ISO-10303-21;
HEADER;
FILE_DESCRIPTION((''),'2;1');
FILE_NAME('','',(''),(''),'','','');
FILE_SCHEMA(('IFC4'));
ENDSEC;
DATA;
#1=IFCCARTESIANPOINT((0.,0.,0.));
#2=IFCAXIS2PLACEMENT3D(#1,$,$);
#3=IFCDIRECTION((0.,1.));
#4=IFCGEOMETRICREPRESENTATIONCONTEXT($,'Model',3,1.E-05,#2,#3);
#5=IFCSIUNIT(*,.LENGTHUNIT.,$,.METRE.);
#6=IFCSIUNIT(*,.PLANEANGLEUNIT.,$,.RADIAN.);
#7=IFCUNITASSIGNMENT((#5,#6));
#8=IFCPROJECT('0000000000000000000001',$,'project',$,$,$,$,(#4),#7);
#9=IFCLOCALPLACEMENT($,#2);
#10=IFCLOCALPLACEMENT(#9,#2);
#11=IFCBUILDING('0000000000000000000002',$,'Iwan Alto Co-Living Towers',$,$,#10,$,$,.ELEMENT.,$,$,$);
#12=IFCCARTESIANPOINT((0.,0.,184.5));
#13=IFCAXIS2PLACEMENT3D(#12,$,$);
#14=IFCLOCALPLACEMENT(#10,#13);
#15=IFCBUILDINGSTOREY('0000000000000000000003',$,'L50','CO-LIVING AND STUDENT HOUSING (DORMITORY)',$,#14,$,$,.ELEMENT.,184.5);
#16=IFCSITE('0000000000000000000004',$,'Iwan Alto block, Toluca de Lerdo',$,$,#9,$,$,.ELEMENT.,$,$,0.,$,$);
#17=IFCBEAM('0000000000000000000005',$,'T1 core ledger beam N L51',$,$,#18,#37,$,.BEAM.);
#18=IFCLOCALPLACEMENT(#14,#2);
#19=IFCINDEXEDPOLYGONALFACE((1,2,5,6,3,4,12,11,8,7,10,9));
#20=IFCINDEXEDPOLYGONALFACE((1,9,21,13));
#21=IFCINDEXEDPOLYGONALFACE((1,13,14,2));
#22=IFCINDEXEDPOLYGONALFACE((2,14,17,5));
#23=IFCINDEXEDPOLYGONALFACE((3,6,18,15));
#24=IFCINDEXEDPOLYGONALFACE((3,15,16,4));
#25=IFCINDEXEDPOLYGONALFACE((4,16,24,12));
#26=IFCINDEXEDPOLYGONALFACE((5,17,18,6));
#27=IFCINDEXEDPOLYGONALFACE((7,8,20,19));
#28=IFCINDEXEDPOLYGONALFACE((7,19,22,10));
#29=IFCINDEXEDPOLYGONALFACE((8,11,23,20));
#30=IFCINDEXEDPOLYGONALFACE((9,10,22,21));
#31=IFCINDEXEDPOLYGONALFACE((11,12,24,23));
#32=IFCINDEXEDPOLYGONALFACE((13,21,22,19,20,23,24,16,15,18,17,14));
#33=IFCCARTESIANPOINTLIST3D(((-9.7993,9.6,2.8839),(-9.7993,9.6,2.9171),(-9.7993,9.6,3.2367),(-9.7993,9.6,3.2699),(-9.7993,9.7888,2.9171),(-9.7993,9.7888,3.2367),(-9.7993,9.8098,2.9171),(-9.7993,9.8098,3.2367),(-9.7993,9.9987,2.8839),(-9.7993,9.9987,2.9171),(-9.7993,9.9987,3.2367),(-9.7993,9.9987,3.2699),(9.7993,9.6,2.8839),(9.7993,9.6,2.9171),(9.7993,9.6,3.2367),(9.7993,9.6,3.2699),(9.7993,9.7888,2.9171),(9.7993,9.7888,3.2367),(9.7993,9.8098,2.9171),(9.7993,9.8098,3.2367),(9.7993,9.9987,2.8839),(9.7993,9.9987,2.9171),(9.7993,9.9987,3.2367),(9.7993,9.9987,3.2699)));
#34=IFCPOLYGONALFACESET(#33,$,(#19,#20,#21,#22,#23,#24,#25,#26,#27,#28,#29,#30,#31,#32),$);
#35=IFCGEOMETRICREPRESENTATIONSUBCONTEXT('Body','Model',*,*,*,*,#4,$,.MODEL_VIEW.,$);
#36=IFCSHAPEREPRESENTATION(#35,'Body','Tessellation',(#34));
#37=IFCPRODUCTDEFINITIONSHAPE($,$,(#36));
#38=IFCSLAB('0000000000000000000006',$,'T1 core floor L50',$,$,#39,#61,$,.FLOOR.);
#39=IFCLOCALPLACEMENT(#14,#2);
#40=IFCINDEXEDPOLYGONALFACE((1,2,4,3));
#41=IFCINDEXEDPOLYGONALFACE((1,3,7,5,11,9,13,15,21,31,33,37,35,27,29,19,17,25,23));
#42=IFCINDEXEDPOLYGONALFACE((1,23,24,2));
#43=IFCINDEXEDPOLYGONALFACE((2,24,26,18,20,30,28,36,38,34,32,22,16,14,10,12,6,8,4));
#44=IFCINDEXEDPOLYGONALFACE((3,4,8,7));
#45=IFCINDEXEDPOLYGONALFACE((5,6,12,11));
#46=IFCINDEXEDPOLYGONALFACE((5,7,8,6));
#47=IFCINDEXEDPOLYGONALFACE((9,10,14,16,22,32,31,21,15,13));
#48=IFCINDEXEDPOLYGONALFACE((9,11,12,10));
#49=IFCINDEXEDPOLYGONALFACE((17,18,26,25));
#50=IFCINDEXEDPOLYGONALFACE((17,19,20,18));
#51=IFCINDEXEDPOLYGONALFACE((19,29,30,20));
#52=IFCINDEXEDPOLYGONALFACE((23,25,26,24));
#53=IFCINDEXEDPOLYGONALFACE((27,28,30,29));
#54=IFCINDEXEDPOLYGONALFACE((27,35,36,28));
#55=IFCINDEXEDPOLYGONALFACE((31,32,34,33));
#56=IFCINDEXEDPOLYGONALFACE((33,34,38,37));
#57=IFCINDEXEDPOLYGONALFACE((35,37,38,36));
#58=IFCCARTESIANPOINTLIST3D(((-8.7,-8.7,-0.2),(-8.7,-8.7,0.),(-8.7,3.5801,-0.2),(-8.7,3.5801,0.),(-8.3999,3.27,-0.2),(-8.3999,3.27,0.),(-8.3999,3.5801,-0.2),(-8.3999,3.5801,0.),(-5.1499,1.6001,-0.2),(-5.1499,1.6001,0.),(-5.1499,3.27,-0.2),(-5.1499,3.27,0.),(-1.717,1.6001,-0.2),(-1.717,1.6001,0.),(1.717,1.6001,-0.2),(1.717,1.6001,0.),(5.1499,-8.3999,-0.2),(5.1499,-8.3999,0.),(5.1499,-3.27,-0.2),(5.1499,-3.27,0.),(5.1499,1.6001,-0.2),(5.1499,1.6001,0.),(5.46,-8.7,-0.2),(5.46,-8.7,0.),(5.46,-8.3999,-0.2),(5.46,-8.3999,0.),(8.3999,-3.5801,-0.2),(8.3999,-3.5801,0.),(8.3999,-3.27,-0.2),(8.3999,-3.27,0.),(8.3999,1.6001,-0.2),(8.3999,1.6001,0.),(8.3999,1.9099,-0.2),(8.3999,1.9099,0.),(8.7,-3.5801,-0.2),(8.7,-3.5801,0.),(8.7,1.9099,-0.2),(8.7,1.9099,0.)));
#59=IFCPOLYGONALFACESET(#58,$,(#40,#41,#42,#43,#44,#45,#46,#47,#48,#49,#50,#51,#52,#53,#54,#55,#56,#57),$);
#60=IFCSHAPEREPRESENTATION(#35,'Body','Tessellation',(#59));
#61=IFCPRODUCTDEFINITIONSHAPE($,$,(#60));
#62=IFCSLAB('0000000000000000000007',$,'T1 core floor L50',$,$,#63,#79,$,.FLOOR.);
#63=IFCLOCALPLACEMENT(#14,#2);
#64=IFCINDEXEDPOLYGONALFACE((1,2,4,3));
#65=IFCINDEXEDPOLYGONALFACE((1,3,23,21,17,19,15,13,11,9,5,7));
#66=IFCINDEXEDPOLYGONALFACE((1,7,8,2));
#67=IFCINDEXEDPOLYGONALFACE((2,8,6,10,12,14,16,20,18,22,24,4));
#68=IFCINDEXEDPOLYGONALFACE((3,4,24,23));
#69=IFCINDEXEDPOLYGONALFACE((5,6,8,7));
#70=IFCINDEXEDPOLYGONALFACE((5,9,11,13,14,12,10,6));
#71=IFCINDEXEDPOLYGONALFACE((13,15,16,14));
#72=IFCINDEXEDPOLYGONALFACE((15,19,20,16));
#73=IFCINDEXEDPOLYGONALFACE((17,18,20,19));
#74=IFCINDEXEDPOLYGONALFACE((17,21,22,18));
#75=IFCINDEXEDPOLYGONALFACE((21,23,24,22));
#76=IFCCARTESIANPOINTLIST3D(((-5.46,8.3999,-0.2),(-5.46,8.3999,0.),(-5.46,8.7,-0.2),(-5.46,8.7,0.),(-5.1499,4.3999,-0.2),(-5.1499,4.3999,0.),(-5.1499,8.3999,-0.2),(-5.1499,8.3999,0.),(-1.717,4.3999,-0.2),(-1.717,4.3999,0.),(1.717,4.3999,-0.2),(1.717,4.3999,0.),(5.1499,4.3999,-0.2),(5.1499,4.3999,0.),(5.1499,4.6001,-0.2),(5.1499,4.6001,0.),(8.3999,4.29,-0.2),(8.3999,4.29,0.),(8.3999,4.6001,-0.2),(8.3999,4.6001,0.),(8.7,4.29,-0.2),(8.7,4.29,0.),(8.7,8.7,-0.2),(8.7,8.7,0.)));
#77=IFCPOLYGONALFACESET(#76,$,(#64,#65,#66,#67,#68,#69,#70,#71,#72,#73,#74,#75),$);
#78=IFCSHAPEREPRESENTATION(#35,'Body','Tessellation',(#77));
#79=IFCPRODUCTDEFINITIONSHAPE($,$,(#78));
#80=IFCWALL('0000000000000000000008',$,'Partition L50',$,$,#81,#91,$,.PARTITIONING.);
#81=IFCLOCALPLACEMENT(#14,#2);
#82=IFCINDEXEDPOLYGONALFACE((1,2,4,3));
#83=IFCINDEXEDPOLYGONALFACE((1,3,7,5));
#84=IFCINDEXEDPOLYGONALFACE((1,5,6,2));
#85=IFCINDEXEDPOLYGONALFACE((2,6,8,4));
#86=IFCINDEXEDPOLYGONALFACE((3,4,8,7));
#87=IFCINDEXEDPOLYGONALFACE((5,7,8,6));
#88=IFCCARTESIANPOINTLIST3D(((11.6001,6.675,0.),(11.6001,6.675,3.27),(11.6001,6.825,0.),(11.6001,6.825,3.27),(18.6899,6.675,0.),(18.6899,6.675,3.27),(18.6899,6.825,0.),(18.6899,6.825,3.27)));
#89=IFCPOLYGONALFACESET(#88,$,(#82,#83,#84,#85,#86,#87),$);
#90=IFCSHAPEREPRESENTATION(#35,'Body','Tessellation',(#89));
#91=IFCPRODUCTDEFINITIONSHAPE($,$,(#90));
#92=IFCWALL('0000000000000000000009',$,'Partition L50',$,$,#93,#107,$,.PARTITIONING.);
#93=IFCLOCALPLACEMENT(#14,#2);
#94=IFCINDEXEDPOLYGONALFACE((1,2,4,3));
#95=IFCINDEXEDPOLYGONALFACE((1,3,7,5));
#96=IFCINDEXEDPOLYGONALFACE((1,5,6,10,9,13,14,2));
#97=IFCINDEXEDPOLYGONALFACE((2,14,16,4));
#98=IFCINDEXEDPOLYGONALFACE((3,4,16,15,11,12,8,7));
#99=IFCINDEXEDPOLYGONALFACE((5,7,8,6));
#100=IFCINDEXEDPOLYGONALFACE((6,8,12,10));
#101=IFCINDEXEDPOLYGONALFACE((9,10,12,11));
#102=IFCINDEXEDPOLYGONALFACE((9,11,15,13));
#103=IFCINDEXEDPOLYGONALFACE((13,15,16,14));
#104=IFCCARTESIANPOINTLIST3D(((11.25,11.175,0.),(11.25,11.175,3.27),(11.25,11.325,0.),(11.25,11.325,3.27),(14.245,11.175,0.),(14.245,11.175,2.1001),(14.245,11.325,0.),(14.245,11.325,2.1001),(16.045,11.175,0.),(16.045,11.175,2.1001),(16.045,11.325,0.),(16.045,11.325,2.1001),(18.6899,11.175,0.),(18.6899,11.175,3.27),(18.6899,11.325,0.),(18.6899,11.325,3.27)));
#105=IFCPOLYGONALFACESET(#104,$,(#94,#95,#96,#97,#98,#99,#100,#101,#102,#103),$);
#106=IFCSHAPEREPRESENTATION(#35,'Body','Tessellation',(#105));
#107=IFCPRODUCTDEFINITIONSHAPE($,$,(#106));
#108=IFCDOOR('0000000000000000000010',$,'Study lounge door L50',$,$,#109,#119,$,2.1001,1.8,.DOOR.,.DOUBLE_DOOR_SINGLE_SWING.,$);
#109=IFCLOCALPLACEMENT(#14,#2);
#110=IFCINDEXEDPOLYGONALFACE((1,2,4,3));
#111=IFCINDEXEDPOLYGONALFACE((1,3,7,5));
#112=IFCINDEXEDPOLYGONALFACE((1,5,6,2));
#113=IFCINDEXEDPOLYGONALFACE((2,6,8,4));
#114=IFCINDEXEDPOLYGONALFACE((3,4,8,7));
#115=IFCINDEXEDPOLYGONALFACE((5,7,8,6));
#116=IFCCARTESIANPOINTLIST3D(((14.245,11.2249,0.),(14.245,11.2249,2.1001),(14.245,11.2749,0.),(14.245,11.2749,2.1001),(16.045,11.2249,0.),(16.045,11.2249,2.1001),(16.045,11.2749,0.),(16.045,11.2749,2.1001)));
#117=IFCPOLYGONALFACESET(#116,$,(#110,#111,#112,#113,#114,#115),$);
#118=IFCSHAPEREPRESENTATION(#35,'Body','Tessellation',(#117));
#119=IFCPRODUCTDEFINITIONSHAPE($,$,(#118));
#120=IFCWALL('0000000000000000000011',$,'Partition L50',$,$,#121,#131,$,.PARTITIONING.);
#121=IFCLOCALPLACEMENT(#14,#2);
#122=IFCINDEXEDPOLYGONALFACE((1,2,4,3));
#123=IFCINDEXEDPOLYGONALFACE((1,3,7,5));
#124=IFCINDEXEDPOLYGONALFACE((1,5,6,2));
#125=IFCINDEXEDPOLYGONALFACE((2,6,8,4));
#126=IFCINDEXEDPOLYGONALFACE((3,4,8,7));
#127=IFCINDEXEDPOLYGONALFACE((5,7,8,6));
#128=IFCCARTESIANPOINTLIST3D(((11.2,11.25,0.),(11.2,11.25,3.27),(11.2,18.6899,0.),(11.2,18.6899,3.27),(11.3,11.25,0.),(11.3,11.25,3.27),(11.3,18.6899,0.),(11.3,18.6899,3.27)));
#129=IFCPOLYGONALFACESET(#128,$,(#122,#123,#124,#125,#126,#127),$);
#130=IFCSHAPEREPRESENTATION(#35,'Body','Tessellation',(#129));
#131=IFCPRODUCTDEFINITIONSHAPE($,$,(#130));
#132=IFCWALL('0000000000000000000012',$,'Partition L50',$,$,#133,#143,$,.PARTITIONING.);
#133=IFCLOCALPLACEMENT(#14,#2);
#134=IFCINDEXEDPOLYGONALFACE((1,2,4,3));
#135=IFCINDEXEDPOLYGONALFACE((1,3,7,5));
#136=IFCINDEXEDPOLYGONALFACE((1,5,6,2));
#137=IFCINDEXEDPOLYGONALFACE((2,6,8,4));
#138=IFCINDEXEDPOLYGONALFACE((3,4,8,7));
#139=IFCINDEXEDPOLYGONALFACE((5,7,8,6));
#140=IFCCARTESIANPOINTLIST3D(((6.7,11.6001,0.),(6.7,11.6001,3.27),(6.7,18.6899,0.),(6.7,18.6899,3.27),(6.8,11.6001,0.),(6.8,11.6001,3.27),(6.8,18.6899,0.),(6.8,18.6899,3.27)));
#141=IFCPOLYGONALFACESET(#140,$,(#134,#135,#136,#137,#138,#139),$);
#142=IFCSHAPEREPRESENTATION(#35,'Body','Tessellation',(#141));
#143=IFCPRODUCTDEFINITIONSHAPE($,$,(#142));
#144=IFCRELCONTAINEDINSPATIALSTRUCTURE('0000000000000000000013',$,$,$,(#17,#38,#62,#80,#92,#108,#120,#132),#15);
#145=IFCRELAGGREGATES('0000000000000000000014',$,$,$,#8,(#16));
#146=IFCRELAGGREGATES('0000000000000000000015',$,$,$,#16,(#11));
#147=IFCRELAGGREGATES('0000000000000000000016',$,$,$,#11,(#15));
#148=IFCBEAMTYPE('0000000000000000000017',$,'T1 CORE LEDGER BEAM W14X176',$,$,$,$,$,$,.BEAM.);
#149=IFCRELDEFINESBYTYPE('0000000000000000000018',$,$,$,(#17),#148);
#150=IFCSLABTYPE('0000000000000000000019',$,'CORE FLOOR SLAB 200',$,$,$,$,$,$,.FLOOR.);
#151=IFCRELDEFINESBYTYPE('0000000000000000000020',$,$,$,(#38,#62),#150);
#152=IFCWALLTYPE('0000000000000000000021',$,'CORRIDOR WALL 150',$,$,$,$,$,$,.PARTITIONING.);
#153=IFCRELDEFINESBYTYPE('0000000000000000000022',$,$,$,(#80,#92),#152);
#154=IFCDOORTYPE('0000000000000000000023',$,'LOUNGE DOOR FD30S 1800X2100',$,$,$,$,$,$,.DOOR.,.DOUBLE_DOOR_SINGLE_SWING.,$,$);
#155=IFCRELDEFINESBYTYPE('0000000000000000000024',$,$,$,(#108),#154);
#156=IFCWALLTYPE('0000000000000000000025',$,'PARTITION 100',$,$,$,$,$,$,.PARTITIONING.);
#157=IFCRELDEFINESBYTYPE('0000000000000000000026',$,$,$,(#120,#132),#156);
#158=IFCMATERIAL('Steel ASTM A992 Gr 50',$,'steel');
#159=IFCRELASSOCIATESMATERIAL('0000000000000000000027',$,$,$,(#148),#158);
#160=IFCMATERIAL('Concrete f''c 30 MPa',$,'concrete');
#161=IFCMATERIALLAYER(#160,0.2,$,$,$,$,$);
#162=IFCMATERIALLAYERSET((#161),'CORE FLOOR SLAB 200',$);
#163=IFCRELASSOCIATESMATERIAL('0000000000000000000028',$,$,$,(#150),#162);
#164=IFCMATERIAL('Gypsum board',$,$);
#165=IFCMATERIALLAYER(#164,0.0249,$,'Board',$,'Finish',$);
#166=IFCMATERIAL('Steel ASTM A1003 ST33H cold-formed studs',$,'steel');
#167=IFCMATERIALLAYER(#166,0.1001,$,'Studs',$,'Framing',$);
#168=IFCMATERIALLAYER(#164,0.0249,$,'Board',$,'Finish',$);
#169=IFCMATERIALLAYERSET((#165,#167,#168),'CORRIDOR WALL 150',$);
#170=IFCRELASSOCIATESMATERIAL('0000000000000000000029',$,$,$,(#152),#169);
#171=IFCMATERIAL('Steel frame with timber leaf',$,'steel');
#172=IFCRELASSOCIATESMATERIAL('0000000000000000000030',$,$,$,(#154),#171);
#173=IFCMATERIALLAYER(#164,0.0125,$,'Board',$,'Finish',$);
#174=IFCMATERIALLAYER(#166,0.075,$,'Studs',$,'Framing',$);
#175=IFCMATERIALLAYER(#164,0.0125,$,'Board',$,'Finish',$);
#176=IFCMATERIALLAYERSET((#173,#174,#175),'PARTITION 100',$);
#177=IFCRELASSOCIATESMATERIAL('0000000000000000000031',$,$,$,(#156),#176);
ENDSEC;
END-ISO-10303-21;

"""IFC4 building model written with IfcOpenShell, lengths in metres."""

from ifc_helpers import new_model, si_unit, direction, frame, frame_2d, origin, origin_2d, place, context, subcontext, project, spatial, polyline, rectangle, i_section, outline, extrude, material, layer, layer_set, material_profile, profile_set, type_object, element, fill, save


model = new_model("IFC4")

# Units and contexts
model_context = context("Model", 3, precision=1e-05, world=origin(), true_north=direction((0.0, 1.0)))
body_context = subcontext(model_context, "Body", "Model", "MODEL_VIEW")
ifc_project = project(units=[si_unit("LENGTHUNIT", "METRE"), si_unit("PLANEANGLEUNIT", "RADIAN")], contexts=[model_context])

# Site, building, storey
site_placement = place(None, origin())
site = spatial("IfcSite", under=ifc_project, at=site_placement, Name="Iwan Alto block, Toluca de Lerdo", CompositionType="ELEMENT", RefElevation=0.0)
building_placement = place(site_placement, origin())
building = spatial("IfcBuilding", under=site, at=building_placement, Name="Iwan Alto Co-Living Towers", CompositionType="ELEMENT")
storey_placement = place(building_placement, frame((0.0, 0.0, 184.5)))
storey = spatial("IfcBuildingStorey", under=building, at=storey_placement, Name="L50", Description="CO-LIVING AND STUDENT HOUSING (DORMITORY)", CompositionType="ELEMENT", Elevation=184.5)

# Beam
ifc_material_1 = material(Name="Steel ASTM A992 Gr 50", Category="steel")
ifc_material_profile = material_profile(ifc_material_1, i_section(OverallWidth=0.3987, OverallDepth=0.386, WebThickness=0.021, FlangeThickness=0.0332, at=origin_2d()), Name="W14X176")
ifc_profile_set = profile_set([ifc_material_profile], Name="Steel ASTM A992 Gr 50")
beam_type = type_object("IfcBeamType", Name="T1 CORE LEDGER BEAM W14X176", PredefinedType="BEAM", material=ifc_profile_set)
beam_placement = place(storey_placement, frame((9.7993, 9.7993, 3.0769), z_axis=(-1.0, 0.0, 0.0), x_axis=(0.0, -1.0, 0.0)))
element("IfcBeam", 1, at=beam_placement, inside=storey, type_object=beam_type, Name="T1 core ledger beam N L51", PredefinedType="BEAM", context=body_context, shape_type="SweptSolid", body=[
    extrude(i_section(OverallWidth=0.3987, OverallDepth=0.386, WebThickness=0.021, FlangeThickness=0.0332, at=origin_2d()), origin(), (0.0, 0.0, 1.0), 19.5986),
])

# Slabs
ifc_material_2 = material(Name="Concrete f'c 30 MPa", Category="concrete")
ifc_layer_1 = layer(ifc_material_2, 0.2)
ifc_layer_set_1 = layer_set([ifc_layer_1], Name="CORE FLOOR SLAB 200")
slab_type = type_object("IfcSlabType", Name="CORE FLOOR SLAB 200", PredefinedType="FLOOR", material=ifc_layer_set_1)
slab_1_placement = place(storey_placement, frame((0.0, 0.0, -0.2)))
element("IfcSlab", 2, at=slab_1_placement, inside=storey, type_object=slab_type, Name="T1 core floor L50", PredefinedType="FLOOR", context=body_context, shape_type="SweptSolid", body=[
    extrude(outline(polyline([(5.1499, -8.3999), (5.46, -8.3999), (5.46, -8.7), (-8.7, -8.7), (-8.7, 3.5801), (-8.3999, 3.5801), (-8.3999, 3.27), (-5.1499, 3.27), (-5.1499, 1.6001), (-1.717, 1.6001), (1.717, 1.6001), (5.1499, 1.6001), (8.3999, 1.6001), (8.3999, 1.9099), (8.7, 1.9099), (8.7, -3.5801), (8.3999, -3.5801), (8.3999, -3.27), (5.1499, -3.27), (5.1499, -8.3999)])), origin(), (0.0, 0.0, 1.0), 0.2),
])
slab_2_placement = place(storey_placement, frame((0.0, 0.0, -0.2)))
element("IfcSlab", 3, at=slab_2_placement, inside=storey, type_object=slab_type, Name="T1 core floor L50", PredefinedType="FLOOR", context=body_context, shape_type="SweptSolid", body=[
    extrude(outline(polyline([(1.717, 4.3999), (-1.717, 4.3999), (-5.1499, 4.3999), (-5.1499, 8.3999), (-5.46, 8.3999), (-5.46, 8.7), (8.7, 8.7), (8.7, 4.29), (8.3999, 4.29), (8.3999, 4.6001), (5.1499, 4.6001), (5.1499, 4.3999), (1.717, 4.3999)])), origin(), (0.0, 0.0, 1.0), 0.2),
])

# Wall
ifc_material_3 = material(Name="Gypsum board")
ifc_layer_2 = layer(ifc_material_3, 0.0249, Name="Board", Category="Finish")
ifc_material_4 = material(Name="Steel ASTM A1003 ST33H cold-formed studs", Category="steel")
ifc_layer_3 = layer(ifc_material_4, 0.1001, Name="Studs", Category="Framing")
ifc_layer_4 = layer(ifc_material_3, 0.0249, Name="Board", Category="Finish")
ifc_layer_set_2 = layer_set([ifc_layer_2, ifc_layer_3, ifc_layer_4], Name="CORRIDOR WALL 150")
wall_type_1 = type_object("IfcWallType", Name="CORRIDOR WALL 150", PredefinedType="PARTITIONING", material=ifc_layer_set_2)
wall_1_placement = place(storey_placement, frame((11.6001, 6.75, 0.0), z_axis=(0.0, 0.0, 1.0), x_axis=(1.0, 0.0, 0.0)))
element("IfcWall", 4, at=wall_1_placement, inside=storey, type_object=wall_type_1, Name="Partition L50", PredefinedType="PARTITIONING", context=body_context, shape_type="SweptSolid", body=[
    extrude(rectangle(XDim=7.0898, YDim=0.1499, at=frame_2d((3.5449, 0.0))), origin(), (0.0, 0.0, 1.0), 3.27),
])

# Wall, opening, door
wall_2_placement = place(storey_placement, frame((11.25, 11.25, 0.0), z_axis=(0.0, 0.0, 1.0), x_axis=(1.0, 0.0, 0.0)))
wall_2 = element("IfcWall", 5, at=wall_2_placement, inside=storey, type_object=wall_type_1, Name="Partition L50", PredefinedType="PARTITIONING", context=body_context, shape_type="SweptSolid", body=[
    extrude(rectangle(XDim=7.4399, YDim=0.1499, at=frame_2d((3.72, 0.0))), origin(), (0.0, 0.0, 1.0), 3.27),
])
opening_1_placement = place(wall_2_placement, frame((2.9951, 0.0, 0.0)))
opening_1 = element("IfcOpeningElement", 6, at=opening_1_placement, cuts=wall_2, PredefinedType="OPENING", context=body_context, shape_type="SweptSolid", body=[
    extrude(rectangle(XDim=1.8, YDim=2.1001, at=frame_2d((0.8999, 1.05))), frame((0.0, 0.085, 0.0), z_axis=(0.0, -1.0, 0.0), x_axis=(1.0, 0.0, 0.0)), (0.0, 0.0, 1.0), 0.1699),
])
ifc_material_5 = material(Name="Steel frame with timber leaf", Category="steel")
door_type_1 = type_object("IfcDoorType", Name="LOUNGE DOOR FD30S 1800X2100", OperationType="DOUBLE_DOOR_SINGLE_SWING", PredefinedType="DOOR", material=ifc_material_5)
door_1_placement = place(opening_1_placement, origin())
door_1 = element("IfcDoor", 7, at=door_1_placement, inside=storey, type_object=door_type_1, Name="Study lounge door L50", OperationType="DOUBLE_DOOR_SINGLE_SWING", OverallHeight=2.1001, OverallWidth=1.8, PredefinedType="DOOR", context=body_context, shape_type="SweptSolid", body=[
    extrude(rectangle(XDim=1.8, YDim=2.1001, at=frame_2d((0.8999, 1.05))), frame((0.0, 0.0249, 0.0), z_axis=(0.0, -1.0, 0.0), x_axis=(1.0, 0.0, 0.0)), (0.0, 0.0, 1.0), 0.05),
])
fill(opening_1, door_1)

# Walls
ifc_layer_5 = layer(ifc_material_3, 0.0125, Name="Board", Category="Finish")
ifc_layer_6 = layer(ifc_material_4, 0.075, Name="Studs", Category="Framing")
ifc_layer_7 = layer(ifc_material_3, 0.0125, Name="Board", Category="Finish")
ifc_layer_set_3 = layer_set([ifc_layer_5, ifc_layer_6, ifc_layer_7], Name="PARTITION 100")
wall_type_2 = type_object("IfcWallType", Name="PARTITION 100", PredefinedType="PARTITIONING", material=ifc_layer_set_3)
wall_3_placement = place(storey_placement, frame((11.25, 11.25, 0.0), z_axis=(0.0, 0.0, 1.0), x_axis=(0.0, 1.0, 0.0)))
element("IfcWall", 8, at=wall_3_placement, inside=storey, type_object=wall_type_2, Name="Partition L50", PredefinedType="PARTITIONING", context=body_context, shape_type="SweptSolid", body=[
    extrude(rectangle(XDim=7.4399, YDim=0.1001, at=frame_2d((3.72, 0.0))), origin(), (0.0, 0.0, 1.0), 3.27),
])
wall_4_placement = place(storey_placement, frame((6.75, 11.6001, 0.0), z_axis=(0.0, 0.0, 1.0), x_axis=(0.0, 1.0, 0.0)))
element("IfcWall", 9, at=wall_4_placement, inside=storey, type_object=wall_type_2, Name="Partition L50", PredefinedType="PARTITIONING", context=body_context, shape_type="SweptSolid", body=[
    extrude(rectangle(XDim=7.0898, YDim=0.1001, at=frame_2d((3.5449, 0.0))), origin(), (0.0, 0.0, 1.0), 3.27),
])

save(model, "model.ifc")
